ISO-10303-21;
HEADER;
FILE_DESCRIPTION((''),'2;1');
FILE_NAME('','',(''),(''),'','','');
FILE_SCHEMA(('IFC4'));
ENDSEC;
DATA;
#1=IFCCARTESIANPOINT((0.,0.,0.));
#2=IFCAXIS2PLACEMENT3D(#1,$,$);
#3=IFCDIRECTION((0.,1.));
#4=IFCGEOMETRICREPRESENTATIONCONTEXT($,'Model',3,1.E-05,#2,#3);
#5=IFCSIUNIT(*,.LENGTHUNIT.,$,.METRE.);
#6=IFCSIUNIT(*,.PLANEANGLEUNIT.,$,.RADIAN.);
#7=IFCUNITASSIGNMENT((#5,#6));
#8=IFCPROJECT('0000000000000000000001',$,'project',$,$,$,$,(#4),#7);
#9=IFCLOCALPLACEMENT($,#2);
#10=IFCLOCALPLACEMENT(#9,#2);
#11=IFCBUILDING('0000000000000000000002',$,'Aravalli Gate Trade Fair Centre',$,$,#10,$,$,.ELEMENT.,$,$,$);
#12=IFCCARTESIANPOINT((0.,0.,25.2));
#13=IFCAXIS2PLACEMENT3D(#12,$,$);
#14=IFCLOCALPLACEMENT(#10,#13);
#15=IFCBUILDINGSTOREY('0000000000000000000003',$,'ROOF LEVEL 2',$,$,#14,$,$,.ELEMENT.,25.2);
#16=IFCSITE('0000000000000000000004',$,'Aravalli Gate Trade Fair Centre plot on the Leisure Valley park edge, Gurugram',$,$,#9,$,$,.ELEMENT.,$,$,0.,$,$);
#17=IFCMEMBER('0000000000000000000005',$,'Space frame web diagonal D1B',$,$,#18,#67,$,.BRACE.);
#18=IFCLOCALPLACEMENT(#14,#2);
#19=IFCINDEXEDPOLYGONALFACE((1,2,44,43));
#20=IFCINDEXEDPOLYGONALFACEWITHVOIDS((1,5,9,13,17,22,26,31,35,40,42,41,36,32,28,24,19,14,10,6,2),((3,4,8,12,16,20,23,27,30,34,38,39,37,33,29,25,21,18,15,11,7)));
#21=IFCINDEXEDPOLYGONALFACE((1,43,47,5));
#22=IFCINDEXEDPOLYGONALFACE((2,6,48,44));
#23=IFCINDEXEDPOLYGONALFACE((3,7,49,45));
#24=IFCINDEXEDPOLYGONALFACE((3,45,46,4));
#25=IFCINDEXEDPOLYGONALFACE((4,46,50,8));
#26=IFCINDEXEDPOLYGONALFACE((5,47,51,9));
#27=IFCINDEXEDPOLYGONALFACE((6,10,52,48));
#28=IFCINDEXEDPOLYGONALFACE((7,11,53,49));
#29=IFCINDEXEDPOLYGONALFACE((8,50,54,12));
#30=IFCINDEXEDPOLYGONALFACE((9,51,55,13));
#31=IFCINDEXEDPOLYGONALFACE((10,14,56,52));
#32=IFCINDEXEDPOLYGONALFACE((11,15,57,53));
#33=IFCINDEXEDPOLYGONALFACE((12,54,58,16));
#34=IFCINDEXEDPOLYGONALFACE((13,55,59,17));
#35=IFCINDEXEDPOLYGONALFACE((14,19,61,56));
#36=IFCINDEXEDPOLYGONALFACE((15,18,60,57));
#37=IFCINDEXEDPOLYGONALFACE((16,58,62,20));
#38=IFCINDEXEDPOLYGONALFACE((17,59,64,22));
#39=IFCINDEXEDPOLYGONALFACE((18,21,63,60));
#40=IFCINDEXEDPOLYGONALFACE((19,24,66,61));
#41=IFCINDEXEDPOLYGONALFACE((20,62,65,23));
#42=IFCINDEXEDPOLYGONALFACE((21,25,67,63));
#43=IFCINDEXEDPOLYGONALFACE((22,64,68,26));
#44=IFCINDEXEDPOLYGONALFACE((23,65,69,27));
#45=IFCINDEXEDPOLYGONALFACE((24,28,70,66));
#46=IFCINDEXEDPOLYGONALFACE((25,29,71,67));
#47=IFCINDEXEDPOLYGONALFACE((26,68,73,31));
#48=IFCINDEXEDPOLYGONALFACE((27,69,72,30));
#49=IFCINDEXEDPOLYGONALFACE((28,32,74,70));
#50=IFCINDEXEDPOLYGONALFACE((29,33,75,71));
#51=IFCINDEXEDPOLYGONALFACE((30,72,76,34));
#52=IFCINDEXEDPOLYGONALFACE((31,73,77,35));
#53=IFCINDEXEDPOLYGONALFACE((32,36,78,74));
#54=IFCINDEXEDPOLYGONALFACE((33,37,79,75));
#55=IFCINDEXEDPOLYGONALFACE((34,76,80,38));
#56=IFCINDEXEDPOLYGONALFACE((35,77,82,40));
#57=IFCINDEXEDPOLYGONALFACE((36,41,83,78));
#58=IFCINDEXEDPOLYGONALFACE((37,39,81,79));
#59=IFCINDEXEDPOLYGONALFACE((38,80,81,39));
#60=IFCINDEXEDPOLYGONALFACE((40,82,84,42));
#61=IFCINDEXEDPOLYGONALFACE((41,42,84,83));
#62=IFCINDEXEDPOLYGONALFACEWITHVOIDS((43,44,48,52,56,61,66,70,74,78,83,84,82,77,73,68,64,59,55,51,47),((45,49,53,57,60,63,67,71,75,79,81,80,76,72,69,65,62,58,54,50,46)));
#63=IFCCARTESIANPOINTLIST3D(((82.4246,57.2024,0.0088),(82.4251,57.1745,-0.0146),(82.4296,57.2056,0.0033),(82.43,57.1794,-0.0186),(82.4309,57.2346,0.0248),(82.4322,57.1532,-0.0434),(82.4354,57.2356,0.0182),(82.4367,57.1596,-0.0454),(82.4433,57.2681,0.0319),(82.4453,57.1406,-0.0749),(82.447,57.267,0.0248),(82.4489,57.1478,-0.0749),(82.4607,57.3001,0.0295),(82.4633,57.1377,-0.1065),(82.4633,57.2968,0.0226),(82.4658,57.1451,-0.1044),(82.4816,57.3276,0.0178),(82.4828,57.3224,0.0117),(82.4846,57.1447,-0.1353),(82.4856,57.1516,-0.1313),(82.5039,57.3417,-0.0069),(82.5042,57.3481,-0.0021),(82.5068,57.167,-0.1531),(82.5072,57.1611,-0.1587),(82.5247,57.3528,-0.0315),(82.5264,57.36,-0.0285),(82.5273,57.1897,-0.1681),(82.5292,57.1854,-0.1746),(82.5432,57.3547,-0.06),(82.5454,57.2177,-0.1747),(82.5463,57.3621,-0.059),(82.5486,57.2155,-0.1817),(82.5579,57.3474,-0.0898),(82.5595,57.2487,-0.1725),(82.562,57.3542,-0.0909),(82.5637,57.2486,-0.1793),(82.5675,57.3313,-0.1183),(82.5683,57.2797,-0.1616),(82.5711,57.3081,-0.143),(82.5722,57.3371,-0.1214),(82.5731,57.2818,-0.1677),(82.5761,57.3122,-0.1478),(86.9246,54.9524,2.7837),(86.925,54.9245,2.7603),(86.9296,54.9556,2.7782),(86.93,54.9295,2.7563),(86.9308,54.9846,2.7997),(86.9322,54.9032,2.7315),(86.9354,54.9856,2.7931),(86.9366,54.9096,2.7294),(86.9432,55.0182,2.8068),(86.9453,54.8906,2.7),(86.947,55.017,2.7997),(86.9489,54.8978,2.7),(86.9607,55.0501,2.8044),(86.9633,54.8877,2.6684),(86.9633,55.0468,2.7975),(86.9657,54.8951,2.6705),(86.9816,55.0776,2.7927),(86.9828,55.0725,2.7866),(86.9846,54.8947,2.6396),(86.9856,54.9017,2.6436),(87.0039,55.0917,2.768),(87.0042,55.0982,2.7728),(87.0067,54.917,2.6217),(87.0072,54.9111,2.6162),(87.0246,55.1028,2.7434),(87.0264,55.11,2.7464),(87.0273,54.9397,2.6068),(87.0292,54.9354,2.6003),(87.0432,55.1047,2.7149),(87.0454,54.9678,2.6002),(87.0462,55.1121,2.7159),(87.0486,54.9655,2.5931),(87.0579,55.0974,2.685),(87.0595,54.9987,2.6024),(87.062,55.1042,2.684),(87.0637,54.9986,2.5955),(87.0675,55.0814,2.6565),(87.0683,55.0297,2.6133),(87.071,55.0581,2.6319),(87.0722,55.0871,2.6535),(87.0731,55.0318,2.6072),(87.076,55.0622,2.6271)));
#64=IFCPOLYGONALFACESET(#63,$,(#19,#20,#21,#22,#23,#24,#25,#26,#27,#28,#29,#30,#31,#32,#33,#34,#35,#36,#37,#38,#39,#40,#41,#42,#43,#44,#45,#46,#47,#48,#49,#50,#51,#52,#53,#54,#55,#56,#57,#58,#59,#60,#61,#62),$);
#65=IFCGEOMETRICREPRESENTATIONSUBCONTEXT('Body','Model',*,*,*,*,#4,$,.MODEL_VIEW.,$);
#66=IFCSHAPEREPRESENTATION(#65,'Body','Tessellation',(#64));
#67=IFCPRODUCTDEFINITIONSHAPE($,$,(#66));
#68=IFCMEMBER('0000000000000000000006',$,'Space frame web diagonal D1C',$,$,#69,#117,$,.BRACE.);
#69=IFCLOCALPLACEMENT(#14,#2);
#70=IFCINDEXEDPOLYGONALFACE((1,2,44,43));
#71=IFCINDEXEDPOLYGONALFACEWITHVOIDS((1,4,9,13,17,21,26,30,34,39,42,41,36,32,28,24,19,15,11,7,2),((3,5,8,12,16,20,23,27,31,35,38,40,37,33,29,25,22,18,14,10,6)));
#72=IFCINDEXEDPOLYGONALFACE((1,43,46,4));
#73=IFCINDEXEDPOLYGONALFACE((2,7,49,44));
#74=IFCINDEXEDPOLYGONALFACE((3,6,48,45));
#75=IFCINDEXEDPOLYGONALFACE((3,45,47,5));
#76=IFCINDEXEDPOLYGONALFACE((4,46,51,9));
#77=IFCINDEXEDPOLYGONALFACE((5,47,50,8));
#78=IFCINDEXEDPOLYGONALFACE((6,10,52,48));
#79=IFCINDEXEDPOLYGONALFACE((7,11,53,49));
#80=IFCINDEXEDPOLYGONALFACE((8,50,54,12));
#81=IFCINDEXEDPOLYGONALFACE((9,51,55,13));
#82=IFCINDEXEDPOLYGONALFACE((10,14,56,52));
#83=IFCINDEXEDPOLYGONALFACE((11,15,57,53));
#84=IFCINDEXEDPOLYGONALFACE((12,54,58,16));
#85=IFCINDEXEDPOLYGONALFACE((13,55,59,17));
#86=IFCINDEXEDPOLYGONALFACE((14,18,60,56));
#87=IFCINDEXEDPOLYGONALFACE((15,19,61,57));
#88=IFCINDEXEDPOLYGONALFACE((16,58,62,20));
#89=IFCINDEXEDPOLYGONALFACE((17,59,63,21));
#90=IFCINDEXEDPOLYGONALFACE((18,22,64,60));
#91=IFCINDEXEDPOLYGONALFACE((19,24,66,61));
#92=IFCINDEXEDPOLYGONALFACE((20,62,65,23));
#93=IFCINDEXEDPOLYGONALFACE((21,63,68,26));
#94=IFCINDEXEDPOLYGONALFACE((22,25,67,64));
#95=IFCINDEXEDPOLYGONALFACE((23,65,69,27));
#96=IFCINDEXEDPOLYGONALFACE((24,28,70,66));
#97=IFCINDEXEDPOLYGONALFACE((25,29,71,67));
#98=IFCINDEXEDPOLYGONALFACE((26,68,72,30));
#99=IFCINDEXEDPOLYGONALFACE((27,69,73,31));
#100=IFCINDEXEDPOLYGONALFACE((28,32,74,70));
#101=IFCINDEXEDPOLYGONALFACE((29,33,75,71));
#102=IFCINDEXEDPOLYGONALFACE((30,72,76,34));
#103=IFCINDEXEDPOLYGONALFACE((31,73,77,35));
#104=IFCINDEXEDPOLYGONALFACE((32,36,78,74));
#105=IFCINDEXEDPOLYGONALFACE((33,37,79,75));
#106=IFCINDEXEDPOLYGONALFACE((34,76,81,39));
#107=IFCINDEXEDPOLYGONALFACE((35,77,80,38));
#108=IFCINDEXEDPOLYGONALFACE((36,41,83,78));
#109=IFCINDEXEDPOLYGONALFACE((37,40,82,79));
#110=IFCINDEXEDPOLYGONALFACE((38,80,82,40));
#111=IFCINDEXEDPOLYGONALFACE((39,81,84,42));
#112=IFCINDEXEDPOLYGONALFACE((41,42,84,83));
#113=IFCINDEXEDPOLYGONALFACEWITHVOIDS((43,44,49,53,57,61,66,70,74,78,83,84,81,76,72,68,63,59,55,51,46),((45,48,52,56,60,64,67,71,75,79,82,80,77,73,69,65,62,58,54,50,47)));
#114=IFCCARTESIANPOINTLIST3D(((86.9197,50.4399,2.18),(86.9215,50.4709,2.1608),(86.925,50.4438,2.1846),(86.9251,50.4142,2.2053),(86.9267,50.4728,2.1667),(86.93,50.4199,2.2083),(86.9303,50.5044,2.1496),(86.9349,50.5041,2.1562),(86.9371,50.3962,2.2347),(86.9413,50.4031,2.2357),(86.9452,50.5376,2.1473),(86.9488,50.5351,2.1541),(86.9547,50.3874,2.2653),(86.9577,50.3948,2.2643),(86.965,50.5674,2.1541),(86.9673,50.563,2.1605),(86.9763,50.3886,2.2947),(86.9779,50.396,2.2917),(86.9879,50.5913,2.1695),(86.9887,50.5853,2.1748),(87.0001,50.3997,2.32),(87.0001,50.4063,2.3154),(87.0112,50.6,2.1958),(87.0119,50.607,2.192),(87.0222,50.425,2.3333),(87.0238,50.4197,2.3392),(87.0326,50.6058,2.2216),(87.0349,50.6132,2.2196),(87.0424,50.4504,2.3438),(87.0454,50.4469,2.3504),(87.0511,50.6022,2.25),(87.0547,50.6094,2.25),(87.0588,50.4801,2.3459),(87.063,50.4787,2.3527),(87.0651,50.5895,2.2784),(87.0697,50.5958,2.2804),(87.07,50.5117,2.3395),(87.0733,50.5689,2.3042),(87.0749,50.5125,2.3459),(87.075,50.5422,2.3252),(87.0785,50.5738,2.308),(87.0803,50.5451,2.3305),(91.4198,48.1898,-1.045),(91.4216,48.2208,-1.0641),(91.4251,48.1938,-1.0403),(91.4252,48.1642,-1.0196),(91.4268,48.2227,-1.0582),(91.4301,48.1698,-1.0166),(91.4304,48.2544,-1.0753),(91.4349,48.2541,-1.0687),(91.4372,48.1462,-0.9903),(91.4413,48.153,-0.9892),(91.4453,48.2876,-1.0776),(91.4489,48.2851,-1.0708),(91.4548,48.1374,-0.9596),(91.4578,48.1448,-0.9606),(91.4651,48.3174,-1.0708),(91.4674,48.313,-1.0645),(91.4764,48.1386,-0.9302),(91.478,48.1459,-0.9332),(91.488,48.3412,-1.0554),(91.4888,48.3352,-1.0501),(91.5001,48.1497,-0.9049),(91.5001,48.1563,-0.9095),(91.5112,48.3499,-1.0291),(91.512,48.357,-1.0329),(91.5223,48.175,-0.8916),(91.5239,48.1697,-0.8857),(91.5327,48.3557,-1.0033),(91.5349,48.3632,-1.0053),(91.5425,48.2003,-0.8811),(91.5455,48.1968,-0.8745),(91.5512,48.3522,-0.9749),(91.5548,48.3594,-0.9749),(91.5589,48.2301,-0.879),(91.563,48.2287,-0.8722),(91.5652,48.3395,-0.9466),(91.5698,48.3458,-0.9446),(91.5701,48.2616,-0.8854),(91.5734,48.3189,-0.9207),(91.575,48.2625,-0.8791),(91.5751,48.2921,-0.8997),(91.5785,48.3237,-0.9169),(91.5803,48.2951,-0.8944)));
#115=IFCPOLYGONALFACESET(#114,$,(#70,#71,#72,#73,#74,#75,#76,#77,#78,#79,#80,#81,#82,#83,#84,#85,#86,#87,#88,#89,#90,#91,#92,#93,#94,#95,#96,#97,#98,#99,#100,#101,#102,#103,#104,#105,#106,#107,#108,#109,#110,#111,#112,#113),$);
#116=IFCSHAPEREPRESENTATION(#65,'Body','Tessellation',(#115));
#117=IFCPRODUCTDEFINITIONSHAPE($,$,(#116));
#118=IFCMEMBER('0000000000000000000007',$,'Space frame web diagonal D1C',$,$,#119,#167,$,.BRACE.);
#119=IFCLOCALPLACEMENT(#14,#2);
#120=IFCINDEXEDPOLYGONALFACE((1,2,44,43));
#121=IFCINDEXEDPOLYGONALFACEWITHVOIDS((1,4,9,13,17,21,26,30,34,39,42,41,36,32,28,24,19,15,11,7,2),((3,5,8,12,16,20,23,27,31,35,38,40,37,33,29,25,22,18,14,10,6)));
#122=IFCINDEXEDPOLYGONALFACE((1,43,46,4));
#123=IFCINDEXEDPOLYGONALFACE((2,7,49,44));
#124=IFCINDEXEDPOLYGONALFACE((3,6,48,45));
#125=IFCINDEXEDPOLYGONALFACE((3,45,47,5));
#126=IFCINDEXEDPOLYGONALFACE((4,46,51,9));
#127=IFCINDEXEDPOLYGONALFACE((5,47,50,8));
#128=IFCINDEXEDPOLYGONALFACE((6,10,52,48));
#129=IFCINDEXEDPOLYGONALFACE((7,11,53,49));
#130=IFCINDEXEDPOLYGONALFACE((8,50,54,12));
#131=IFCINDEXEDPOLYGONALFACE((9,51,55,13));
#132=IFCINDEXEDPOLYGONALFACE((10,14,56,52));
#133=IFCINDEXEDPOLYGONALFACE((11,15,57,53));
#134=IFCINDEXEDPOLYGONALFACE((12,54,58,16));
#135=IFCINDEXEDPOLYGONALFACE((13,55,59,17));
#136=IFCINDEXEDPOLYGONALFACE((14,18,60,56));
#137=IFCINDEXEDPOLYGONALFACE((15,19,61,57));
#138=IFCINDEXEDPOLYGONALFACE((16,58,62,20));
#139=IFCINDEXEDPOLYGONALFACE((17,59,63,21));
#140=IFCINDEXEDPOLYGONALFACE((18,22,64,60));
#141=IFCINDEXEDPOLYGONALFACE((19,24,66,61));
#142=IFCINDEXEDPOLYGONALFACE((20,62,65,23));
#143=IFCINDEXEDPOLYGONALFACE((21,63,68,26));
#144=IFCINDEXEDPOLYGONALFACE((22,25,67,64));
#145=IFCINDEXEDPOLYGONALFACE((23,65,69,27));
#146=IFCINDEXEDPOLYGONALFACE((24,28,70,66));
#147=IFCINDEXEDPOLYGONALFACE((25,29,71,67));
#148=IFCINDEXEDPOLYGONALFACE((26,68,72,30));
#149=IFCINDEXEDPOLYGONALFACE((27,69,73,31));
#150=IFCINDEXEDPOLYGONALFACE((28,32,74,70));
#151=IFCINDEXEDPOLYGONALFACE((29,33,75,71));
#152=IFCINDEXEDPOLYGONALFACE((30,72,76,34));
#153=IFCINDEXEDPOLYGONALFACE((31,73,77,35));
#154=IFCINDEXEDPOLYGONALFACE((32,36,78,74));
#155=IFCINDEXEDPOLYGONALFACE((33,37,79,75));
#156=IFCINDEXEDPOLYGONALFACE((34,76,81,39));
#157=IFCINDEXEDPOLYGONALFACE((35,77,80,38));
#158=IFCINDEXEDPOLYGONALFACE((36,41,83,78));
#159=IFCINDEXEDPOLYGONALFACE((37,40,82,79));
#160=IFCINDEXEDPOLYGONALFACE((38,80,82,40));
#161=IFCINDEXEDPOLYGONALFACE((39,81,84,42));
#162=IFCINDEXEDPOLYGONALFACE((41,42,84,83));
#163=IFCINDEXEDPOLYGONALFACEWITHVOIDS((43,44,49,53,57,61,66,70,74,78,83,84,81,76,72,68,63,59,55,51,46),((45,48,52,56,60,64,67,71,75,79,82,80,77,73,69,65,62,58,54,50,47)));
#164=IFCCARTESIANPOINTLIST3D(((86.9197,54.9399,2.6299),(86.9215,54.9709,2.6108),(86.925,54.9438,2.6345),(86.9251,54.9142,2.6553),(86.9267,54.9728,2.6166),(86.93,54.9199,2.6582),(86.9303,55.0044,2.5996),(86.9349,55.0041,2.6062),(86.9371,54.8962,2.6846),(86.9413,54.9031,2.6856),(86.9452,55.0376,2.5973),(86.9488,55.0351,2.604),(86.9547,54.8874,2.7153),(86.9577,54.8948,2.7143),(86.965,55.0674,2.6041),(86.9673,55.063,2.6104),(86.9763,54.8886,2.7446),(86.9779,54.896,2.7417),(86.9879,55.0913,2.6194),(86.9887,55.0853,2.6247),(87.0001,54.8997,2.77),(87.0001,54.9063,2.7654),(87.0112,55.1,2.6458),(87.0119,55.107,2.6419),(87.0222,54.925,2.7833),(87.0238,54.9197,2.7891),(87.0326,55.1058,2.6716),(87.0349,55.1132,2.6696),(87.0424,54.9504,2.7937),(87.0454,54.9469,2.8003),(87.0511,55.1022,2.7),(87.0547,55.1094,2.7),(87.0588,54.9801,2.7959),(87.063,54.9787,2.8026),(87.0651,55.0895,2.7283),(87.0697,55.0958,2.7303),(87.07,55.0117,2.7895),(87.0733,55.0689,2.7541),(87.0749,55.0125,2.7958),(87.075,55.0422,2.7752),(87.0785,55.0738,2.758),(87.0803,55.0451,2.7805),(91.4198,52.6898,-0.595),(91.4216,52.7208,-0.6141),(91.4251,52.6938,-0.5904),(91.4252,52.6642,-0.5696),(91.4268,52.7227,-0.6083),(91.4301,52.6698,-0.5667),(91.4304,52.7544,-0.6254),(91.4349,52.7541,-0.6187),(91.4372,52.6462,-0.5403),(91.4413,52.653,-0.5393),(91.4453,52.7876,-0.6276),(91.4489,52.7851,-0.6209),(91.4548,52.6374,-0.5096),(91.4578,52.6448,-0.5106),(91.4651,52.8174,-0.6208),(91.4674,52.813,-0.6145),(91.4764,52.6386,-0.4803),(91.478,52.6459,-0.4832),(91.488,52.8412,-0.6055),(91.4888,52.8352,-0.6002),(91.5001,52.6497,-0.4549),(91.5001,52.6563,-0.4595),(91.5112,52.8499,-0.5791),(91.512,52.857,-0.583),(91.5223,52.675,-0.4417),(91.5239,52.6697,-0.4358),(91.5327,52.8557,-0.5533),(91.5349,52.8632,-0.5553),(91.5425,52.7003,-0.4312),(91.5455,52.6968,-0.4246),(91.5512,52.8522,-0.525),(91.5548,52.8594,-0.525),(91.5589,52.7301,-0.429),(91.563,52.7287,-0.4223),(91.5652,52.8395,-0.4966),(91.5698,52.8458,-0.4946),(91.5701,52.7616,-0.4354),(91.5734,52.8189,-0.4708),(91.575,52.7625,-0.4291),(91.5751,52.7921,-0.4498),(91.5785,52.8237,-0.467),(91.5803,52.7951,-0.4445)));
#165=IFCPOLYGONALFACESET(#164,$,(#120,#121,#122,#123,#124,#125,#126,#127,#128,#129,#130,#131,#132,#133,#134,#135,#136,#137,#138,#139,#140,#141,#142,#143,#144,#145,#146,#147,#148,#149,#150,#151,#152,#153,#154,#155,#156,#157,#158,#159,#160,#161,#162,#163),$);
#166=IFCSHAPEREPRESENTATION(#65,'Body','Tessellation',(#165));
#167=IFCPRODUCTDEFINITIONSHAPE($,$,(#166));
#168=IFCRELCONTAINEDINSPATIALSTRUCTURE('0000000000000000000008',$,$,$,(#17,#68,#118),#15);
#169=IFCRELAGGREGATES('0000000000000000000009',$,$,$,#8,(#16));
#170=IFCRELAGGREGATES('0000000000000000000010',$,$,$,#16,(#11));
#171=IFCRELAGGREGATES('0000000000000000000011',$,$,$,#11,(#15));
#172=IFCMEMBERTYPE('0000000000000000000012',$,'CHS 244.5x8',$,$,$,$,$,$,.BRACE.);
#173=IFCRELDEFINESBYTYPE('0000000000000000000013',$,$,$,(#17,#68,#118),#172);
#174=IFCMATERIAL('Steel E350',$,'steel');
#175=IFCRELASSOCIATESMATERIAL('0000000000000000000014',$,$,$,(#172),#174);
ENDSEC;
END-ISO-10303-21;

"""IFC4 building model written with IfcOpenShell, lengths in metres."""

from ifc_helpers import new_model, si_unit, direction, frame, origin, origin_2d, place, context, subcontext, project, spatial, hollow_circle, extrude, material, material_profile, profile_set, type_object, element, save


model = new_model("IFC4")

# Units and contexts
model_context = context("Model", 3, precision=1e-05, world=origin(), true_north=direction((0.0, 1.0)))
body_context = subcontext(model_context, "Body", "Model", "MODEL_VIEW")
ifc_project = project(units=[si_unit("LENGTHUNIT", "METRE"), si_unit("PLANEANGLEUNIT", "RADIAN")], contexts=[model_context])

# Site, building, storey
site_placement = place(None, origin())
site = spatial("IfcSite", under=ifc_project, at=site_placement, Name="Aravalli Gate Trade Fair Centre plot on the Leisure Valley park edge, Gurugram", CompositionType="ELEMENT", RefElevation=0.0)
building_placement = place(site_placement, origin())
building = spatial("IfcBuilding", under=site, at=building_placement, Name="Aravalli Gate Trade Fair Centre", CompositionType="ELEMENT")
storey_placement = place(building_placement, frame((0.0, 0.0, 25.2)))
storey = spatial("IfcBuildingStorey", under=building, at=storey_placement, Name="ROOF LEVEL 2", CompositionType="ELEMENT", Elevation=25.2)

# Members
ifc_material = material(Name="Steel E350", Category="steel")
ifc_material_profile_1 = material_profile(ifc_material, hollow_circle(Radius=0.1223, WallThickness=0.0081, at=origin_2d()), Name="CHS 244.5x8")
ifc_profile_set_1 = profile_set([ifc_material_profile_1], Name="Steel E350")
member_type_1 = type_object("IfcMemberType", Name="CHS 244.5x8", PredefinedType="BRACE", material=ifc_profile_set_1)
for number, where, z_axis, x_axis, name in (
    (1, (87.0, 55.0, 2.7), (-0.7832, 0.3916, -0.482956), (-0.447214, -0.894427, 0.0), "Space frame web diagonal D1B"),
):
    element("IfcMember", number, at=place(storey_placement, frame(where, z_axis=z_axis, x_axis=x_axis)), inside=storey, type_object=member_type_1, Name=name, PredefinedType="BRACE", context=body_context, shape_type="SweptSolid", body=[
        extrude(hollow_circle(Radius=0.1223, WallThickness=0.0081, at=origin_2d()), origin(), (0.0, 0.0, 1.0), 5.7456),
    ])
for number, where, z_axis, x_axis, name in (
    (2, (87.0, 50.5, 2.25), (0.753016, -0.376508, -0.539637), (0.447214, 0.894427, 0.0), "Space frame web diagonal D1C"),
    (3, (87.0, 55.0, 2.7), (0.753016, -0.376508, -0.539637), (0.447214, 0.894427, 0.0), "Space frame web diagonal D1C"),
):
    element("IfcMember", number, at=place(storey_placement, frame(where, z_axis=z_axis, x_axis=x_axis)), inside=storey, type_object=member_type_1, Name=name, PredefinedType="BRACE", context=body_context, shape_type="SweptSolid", body=[
        extrude(hollow_circle(Radius=0.1223, WallThickness=0.0081, at=origin_2d()), origin(), (0.0, 0.0, 1.0), 5.9761),
    ])

save(model, "model.ifc")
